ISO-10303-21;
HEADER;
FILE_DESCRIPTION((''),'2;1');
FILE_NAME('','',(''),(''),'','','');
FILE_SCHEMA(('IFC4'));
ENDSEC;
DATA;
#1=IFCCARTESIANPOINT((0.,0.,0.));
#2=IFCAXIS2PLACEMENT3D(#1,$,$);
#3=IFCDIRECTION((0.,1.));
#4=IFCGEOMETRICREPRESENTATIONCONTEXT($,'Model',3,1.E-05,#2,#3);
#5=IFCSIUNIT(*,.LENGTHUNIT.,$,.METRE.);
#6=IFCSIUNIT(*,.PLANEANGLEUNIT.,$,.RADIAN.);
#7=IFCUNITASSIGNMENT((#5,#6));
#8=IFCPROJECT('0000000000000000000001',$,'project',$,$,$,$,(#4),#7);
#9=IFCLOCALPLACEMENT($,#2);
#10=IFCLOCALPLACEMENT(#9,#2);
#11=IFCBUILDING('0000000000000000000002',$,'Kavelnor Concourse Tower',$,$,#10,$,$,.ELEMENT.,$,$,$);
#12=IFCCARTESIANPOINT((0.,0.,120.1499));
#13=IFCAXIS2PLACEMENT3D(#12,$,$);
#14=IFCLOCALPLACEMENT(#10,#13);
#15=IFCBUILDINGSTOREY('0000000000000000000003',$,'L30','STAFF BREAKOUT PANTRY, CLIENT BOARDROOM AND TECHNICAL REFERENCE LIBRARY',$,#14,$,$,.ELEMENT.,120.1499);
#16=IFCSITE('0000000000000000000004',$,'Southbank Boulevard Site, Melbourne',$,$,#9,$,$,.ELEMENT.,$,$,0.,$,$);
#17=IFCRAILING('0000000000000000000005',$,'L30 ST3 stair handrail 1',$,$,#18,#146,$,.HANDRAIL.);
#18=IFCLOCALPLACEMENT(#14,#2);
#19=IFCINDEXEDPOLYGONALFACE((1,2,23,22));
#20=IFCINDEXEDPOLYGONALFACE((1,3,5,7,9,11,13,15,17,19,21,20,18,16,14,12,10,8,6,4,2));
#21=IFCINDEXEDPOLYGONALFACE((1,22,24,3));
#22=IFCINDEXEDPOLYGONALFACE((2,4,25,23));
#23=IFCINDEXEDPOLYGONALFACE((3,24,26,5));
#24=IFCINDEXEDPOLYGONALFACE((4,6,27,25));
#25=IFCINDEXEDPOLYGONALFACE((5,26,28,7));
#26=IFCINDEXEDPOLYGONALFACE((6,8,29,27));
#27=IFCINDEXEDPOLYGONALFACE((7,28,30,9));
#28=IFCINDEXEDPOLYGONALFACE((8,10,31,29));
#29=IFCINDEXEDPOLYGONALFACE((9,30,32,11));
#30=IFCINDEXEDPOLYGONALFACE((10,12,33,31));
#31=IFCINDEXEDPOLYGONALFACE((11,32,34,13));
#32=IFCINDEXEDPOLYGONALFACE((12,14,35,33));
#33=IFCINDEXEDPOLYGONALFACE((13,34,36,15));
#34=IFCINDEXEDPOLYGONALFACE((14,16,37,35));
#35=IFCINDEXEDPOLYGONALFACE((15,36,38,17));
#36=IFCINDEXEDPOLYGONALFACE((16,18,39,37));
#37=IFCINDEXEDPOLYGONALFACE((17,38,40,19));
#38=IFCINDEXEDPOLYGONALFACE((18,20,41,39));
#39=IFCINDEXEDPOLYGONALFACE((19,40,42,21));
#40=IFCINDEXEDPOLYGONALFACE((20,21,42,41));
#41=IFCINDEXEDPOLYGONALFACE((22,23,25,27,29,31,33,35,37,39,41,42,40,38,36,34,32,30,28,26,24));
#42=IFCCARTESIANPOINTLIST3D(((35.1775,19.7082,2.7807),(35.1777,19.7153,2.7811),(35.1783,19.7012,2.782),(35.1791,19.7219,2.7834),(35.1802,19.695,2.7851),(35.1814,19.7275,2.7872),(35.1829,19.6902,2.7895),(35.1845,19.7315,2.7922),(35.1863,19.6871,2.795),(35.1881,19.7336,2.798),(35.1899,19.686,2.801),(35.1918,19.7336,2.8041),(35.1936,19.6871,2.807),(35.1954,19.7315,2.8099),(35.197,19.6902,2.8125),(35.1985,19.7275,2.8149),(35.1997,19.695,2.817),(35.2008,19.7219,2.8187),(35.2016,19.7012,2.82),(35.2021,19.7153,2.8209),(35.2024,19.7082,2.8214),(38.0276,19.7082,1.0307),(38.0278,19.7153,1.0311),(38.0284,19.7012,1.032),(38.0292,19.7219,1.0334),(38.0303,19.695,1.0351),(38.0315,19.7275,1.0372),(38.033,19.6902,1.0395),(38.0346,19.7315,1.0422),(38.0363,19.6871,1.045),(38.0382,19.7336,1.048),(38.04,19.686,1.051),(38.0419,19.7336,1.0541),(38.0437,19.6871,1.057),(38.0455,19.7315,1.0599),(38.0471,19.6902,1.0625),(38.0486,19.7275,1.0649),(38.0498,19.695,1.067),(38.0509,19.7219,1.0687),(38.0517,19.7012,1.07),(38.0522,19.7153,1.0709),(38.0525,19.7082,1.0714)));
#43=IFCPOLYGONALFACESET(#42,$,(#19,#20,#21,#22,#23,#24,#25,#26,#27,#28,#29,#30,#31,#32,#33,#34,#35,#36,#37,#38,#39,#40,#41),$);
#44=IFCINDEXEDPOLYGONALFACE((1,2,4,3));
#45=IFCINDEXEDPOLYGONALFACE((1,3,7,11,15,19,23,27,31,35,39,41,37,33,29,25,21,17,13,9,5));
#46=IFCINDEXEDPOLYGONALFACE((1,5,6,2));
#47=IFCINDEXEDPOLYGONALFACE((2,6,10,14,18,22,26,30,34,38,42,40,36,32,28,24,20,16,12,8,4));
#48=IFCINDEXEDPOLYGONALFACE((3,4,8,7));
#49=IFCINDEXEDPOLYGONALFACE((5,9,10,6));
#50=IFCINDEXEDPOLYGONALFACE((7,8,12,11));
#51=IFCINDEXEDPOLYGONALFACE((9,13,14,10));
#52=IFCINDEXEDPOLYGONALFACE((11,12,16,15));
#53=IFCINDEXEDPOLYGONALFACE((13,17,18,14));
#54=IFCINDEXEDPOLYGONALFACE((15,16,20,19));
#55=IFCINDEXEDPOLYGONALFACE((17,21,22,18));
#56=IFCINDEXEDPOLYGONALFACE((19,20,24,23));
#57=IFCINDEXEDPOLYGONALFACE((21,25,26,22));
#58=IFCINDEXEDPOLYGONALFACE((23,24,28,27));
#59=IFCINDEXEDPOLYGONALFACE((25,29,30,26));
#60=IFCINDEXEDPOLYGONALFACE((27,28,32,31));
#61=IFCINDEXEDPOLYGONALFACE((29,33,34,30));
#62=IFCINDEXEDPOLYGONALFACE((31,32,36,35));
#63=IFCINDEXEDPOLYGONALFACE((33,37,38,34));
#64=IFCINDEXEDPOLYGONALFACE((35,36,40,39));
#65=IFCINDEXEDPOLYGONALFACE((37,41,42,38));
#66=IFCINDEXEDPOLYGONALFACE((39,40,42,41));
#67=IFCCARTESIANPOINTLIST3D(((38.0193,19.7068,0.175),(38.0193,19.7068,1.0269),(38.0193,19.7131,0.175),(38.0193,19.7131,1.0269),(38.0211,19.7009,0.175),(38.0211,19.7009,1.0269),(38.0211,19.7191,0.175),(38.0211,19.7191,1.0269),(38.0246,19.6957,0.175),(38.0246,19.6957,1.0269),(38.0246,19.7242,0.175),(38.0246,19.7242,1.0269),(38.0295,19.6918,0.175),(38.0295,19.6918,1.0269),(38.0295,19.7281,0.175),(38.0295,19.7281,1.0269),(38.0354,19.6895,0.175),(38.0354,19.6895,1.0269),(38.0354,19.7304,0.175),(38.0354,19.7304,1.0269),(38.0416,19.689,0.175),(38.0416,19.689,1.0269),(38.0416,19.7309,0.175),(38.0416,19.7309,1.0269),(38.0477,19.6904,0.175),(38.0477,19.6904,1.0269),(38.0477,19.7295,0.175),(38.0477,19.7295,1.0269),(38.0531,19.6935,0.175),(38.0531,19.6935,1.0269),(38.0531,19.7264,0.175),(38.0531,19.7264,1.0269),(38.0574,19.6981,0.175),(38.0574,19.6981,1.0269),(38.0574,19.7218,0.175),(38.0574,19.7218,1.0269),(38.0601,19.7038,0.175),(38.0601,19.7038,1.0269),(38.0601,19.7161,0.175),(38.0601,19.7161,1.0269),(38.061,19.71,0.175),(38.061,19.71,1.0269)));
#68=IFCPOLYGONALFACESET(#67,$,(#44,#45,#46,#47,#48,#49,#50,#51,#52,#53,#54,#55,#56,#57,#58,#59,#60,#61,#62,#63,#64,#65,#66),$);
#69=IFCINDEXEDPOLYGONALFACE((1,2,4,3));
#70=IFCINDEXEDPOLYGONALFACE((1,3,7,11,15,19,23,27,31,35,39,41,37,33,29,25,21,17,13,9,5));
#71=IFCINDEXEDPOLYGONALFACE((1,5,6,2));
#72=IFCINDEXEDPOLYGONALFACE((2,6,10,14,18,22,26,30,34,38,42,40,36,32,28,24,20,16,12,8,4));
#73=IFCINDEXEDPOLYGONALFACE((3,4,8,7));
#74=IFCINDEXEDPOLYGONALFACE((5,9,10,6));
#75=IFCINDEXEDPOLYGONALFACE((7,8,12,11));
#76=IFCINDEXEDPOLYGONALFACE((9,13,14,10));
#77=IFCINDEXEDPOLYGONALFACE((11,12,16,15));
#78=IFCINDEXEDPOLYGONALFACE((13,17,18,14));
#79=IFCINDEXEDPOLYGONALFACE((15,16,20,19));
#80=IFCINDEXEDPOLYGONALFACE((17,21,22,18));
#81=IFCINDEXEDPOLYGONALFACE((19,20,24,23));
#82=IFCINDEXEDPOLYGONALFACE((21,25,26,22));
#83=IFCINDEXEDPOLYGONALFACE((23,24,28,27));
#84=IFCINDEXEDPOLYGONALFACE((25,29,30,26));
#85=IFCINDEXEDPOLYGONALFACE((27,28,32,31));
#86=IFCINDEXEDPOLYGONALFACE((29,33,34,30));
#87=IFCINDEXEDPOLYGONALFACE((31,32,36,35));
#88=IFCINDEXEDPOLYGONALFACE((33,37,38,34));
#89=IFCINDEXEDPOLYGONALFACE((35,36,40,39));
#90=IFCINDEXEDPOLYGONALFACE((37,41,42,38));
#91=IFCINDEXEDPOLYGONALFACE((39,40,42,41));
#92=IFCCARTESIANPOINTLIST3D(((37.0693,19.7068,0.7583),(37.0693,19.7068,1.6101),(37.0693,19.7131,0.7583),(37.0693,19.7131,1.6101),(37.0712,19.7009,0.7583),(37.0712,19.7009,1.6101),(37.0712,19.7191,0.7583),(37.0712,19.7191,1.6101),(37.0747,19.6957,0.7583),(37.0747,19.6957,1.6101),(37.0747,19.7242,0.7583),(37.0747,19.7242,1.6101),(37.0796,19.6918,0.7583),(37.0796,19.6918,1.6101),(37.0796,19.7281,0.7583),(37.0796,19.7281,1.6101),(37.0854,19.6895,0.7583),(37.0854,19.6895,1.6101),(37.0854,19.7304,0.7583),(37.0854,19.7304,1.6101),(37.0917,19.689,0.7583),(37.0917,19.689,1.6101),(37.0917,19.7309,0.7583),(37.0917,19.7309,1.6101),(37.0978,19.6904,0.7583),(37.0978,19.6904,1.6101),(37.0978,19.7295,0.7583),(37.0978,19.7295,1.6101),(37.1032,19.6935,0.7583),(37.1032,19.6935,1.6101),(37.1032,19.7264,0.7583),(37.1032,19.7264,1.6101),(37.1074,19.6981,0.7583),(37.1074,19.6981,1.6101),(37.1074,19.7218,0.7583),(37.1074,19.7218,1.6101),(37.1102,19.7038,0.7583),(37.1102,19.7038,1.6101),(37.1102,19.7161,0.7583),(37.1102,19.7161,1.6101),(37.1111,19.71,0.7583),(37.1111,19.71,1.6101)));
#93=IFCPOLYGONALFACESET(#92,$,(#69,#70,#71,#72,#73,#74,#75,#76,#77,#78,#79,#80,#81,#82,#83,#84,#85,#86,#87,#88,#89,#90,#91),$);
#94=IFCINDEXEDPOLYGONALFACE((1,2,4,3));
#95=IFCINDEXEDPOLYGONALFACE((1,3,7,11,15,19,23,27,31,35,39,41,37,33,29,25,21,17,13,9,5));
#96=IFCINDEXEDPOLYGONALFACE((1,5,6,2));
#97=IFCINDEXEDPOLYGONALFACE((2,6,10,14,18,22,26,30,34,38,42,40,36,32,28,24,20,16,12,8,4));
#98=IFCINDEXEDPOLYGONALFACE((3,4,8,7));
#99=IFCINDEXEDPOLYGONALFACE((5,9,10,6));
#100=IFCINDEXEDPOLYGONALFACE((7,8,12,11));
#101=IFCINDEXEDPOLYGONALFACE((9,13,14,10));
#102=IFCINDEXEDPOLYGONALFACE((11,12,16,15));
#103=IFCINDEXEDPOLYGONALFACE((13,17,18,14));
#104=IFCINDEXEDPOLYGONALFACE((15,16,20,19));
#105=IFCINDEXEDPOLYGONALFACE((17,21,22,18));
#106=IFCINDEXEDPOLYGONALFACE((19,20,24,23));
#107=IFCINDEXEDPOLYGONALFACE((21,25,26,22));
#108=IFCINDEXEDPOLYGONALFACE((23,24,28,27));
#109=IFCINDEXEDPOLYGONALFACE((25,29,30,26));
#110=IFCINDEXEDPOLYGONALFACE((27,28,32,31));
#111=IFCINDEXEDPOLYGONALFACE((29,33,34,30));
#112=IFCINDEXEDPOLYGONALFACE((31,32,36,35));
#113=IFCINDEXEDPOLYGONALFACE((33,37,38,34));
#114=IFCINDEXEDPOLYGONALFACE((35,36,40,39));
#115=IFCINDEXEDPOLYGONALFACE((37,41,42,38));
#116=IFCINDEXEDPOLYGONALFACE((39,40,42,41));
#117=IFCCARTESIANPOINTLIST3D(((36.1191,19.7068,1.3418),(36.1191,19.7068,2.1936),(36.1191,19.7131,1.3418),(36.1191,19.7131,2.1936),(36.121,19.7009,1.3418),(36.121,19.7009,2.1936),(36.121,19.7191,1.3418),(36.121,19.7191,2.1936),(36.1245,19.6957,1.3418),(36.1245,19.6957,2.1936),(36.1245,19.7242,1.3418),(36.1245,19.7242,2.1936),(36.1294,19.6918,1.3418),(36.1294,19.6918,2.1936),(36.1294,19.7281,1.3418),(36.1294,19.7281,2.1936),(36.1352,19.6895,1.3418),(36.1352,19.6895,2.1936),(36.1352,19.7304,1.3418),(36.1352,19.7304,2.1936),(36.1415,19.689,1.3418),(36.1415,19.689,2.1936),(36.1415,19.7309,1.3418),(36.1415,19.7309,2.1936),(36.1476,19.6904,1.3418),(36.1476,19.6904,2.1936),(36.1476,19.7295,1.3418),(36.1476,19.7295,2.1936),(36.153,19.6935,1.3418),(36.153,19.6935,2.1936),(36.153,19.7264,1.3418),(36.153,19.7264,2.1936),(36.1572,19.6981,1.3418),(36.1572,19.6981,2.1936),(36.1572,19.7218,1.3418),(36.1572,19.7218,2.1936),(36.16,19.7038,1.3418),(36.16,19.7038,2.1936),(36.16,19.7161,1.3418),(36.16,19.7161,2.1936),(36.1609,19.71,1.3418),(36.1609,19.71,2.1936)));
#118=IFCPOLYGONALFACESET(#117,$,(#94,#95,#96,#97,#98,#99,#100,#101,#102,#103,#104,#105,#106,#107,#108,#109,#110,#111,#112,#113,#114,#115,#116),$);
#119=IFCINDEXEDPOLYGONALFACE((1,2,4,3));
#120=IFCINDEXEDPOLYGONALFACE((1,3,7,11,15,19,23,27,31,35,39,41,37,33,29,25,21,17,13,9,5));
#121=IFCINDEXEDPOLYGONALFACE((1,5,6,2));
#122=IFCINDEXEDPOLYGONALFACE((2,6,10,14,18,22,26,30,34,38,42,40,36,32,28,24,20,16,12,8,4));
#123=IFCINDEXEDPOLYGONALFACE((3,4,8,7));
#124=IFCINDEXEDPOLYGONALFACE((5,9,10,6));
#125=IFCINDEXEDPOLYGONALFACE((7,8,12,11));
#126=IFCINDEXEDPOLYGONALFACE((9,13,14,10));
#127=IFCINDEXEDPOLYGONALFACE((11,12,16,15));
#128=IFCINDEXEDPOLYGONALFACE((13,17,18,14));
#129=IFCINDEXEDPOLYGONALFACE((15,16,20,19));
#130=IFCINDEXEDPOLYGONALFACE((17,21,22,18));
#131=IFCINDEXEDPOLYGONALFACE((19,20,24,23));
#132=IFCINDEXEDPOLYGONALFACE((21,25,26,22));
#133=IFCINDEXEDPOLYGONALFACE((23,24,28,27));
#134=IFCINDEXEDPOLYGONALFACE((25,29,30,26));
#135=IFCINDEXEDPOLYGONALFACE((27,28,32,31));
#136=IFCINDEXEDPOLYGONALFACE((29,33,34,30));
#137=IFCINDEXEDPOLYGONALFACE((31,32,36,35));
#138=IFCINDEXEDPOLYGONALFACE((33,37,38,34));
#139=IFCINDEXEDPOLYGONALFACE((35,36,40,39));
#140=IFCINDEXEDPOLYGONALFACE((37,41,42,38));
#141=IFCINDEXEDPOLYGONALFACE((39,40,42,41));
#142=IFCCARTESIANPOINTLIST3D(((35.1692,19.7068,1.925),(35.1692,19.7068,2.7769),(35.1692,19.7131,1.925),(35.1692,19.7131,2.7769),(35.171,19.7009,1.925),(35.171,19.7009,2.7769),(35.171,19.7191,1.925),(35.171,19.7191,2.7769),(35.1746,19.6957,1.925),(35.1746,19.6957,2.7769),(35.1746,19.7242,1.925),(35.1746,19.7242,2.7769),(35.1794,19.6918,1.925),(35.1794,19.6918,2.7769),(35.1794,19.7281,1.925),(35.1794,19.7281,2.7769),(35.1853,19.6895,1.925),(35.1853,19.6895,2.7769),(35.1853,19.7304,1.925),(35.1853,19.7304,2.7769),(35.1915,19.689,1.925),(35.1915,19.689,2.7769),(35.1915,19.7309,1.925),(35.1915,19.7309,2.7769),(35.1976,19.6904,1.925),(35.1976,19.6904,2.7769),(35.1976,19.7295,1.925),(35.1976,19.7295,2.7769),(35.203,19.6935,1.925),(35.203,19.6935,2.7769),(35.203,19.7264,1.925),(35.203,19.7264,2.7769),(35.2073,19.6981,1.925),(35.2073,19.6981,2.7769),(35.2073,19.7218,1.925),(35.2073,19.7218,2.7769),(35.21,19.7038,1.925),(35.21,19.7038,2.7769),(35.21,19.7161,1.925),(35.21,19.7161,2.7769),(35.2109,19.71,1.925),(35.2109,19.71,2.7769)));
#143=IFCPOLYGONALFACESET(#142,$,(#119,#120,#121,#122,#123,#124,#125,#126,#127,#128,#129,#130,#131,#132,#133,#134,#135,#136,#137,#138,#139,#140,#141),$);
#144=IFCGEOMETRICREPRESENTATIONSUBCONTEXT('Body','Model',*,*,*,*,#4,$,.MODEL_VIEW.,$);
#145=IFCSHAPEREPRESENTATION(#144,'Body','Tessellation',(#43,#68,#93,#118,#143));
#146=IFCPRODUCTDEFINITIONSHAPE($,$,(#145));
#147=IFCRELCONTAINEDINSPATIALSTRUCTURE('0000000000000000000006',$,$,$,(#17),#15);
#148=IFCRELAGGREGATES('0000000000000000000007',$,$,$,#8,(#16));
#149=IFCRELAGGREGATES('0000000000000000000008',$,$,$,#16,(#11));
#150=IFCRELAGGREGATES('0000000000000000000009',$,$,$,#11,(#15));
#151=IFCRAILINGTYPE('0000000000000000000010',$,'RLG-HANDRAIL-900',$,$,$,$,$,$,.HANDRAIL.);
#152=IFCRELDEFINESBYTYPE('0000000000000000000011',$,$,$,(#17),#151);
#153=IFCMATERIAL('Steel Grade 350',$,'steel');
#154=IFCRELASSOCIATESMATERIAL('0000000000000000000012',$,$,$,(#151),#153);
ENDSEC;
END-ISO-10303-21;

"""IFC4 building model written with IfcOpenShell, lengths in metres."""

from ifc_helpers import new_model, si_unit, direction, frame, origin, origin_2d, place, context, subcontext, project, spatial, circle, extrude, material, type_object, element, save


model = new_model("IFC4")

# Units and contexts
model_context = context("Model", 3, precision=1e-05, world=origin(), true_north=direction((0.0, 1.0)))
body_context = subcontext(model_context, "Body", "Model", "MODEL_VIEW")
ifc_project = project(units=[si_unit("LENGTHUNIT", "METRE"), si_unit("PLANEANGLEUNIT", "RADIAN")], contexts=[model_context])

# Site, building, storey
site_placement = place(None, origin())
site = spatial("IfcSite", under=ifc_project, at=site_placement, Name="Southbank Boulevard Site, Melbourne", CompositionType="ELEMENT", RefElevation=0.0)
building_placement = place(site_placement, origin())
building = spatial("IfcBuilding", under=site, at=building_placement, Name="Kavelnor Concourse Tower", CompositionType="ELEMENT")
storey_placement = place(building_placement, frame((0.0, 0.0, 120.1499)))
storey = spatial("IfcBuildingStorey", under=building, at=storey_placement, Name="L30", Description="STAFF BREAKOUT PANTRY, CLIENT BOARDROOM AND TECHNICAL REFERENCE LIBRARY", CompositionType="ELEMENT", Elevation=120.1499)

# Shared definitions
ifc_material_1 = material(Name="Steel Grade 350", Category="steel")

# Railing
railing_type_1 = type_object("IfcRailingType", Name="RLG-HANDRAIL-900", PredefinedType="HANDRAIL", material=ifc_material_1)
railing_1_placement = place(storey_placement, frame((38.04, 19.71, 0.175)))
element("IfcRailing", 1, at=railing_1_placement, inside=storey, type_object=railing_type_1, Name="L30 ST3 stair handrail 1", PredefinedType="HANDRAIL", context=body_context, shape_type="SweptSolid", body=[
    extrude(circle(Radius=0.0239, at=origin_2d()), frame((0.0, 0.0, 0.876), z_axis=(-0.852179, 0.0, 0.52325), x_axis=(0.0, -1.0, 0.0)), (0.0, 0.0, 1.0), 3.3445),
    extrude(circle(Radius=0.021, at=origin_2d()), origin(), (0.0, 0.0, 1.0), 0.8518),
    extrude(circle(Radius=0.021, at=origin_2d()), frame((-0.95, 0.0, 0.5833)), (0.0, 0.0, 1.0), 0.8518),
    extrude(circle(Radius=0.021, at=origin_2d()), frame((-1.9001, 0.0, 1.1667)), (0.0, 0.0, 1.0), 0.8518),
    extrude(circle(Radius=0.021, at=origin_2d()), frame((-2.8501, 0.0, 1.75)), (0.0, 0.0, 1.0), 0.8518),
])

save(model, "model.ifc")
